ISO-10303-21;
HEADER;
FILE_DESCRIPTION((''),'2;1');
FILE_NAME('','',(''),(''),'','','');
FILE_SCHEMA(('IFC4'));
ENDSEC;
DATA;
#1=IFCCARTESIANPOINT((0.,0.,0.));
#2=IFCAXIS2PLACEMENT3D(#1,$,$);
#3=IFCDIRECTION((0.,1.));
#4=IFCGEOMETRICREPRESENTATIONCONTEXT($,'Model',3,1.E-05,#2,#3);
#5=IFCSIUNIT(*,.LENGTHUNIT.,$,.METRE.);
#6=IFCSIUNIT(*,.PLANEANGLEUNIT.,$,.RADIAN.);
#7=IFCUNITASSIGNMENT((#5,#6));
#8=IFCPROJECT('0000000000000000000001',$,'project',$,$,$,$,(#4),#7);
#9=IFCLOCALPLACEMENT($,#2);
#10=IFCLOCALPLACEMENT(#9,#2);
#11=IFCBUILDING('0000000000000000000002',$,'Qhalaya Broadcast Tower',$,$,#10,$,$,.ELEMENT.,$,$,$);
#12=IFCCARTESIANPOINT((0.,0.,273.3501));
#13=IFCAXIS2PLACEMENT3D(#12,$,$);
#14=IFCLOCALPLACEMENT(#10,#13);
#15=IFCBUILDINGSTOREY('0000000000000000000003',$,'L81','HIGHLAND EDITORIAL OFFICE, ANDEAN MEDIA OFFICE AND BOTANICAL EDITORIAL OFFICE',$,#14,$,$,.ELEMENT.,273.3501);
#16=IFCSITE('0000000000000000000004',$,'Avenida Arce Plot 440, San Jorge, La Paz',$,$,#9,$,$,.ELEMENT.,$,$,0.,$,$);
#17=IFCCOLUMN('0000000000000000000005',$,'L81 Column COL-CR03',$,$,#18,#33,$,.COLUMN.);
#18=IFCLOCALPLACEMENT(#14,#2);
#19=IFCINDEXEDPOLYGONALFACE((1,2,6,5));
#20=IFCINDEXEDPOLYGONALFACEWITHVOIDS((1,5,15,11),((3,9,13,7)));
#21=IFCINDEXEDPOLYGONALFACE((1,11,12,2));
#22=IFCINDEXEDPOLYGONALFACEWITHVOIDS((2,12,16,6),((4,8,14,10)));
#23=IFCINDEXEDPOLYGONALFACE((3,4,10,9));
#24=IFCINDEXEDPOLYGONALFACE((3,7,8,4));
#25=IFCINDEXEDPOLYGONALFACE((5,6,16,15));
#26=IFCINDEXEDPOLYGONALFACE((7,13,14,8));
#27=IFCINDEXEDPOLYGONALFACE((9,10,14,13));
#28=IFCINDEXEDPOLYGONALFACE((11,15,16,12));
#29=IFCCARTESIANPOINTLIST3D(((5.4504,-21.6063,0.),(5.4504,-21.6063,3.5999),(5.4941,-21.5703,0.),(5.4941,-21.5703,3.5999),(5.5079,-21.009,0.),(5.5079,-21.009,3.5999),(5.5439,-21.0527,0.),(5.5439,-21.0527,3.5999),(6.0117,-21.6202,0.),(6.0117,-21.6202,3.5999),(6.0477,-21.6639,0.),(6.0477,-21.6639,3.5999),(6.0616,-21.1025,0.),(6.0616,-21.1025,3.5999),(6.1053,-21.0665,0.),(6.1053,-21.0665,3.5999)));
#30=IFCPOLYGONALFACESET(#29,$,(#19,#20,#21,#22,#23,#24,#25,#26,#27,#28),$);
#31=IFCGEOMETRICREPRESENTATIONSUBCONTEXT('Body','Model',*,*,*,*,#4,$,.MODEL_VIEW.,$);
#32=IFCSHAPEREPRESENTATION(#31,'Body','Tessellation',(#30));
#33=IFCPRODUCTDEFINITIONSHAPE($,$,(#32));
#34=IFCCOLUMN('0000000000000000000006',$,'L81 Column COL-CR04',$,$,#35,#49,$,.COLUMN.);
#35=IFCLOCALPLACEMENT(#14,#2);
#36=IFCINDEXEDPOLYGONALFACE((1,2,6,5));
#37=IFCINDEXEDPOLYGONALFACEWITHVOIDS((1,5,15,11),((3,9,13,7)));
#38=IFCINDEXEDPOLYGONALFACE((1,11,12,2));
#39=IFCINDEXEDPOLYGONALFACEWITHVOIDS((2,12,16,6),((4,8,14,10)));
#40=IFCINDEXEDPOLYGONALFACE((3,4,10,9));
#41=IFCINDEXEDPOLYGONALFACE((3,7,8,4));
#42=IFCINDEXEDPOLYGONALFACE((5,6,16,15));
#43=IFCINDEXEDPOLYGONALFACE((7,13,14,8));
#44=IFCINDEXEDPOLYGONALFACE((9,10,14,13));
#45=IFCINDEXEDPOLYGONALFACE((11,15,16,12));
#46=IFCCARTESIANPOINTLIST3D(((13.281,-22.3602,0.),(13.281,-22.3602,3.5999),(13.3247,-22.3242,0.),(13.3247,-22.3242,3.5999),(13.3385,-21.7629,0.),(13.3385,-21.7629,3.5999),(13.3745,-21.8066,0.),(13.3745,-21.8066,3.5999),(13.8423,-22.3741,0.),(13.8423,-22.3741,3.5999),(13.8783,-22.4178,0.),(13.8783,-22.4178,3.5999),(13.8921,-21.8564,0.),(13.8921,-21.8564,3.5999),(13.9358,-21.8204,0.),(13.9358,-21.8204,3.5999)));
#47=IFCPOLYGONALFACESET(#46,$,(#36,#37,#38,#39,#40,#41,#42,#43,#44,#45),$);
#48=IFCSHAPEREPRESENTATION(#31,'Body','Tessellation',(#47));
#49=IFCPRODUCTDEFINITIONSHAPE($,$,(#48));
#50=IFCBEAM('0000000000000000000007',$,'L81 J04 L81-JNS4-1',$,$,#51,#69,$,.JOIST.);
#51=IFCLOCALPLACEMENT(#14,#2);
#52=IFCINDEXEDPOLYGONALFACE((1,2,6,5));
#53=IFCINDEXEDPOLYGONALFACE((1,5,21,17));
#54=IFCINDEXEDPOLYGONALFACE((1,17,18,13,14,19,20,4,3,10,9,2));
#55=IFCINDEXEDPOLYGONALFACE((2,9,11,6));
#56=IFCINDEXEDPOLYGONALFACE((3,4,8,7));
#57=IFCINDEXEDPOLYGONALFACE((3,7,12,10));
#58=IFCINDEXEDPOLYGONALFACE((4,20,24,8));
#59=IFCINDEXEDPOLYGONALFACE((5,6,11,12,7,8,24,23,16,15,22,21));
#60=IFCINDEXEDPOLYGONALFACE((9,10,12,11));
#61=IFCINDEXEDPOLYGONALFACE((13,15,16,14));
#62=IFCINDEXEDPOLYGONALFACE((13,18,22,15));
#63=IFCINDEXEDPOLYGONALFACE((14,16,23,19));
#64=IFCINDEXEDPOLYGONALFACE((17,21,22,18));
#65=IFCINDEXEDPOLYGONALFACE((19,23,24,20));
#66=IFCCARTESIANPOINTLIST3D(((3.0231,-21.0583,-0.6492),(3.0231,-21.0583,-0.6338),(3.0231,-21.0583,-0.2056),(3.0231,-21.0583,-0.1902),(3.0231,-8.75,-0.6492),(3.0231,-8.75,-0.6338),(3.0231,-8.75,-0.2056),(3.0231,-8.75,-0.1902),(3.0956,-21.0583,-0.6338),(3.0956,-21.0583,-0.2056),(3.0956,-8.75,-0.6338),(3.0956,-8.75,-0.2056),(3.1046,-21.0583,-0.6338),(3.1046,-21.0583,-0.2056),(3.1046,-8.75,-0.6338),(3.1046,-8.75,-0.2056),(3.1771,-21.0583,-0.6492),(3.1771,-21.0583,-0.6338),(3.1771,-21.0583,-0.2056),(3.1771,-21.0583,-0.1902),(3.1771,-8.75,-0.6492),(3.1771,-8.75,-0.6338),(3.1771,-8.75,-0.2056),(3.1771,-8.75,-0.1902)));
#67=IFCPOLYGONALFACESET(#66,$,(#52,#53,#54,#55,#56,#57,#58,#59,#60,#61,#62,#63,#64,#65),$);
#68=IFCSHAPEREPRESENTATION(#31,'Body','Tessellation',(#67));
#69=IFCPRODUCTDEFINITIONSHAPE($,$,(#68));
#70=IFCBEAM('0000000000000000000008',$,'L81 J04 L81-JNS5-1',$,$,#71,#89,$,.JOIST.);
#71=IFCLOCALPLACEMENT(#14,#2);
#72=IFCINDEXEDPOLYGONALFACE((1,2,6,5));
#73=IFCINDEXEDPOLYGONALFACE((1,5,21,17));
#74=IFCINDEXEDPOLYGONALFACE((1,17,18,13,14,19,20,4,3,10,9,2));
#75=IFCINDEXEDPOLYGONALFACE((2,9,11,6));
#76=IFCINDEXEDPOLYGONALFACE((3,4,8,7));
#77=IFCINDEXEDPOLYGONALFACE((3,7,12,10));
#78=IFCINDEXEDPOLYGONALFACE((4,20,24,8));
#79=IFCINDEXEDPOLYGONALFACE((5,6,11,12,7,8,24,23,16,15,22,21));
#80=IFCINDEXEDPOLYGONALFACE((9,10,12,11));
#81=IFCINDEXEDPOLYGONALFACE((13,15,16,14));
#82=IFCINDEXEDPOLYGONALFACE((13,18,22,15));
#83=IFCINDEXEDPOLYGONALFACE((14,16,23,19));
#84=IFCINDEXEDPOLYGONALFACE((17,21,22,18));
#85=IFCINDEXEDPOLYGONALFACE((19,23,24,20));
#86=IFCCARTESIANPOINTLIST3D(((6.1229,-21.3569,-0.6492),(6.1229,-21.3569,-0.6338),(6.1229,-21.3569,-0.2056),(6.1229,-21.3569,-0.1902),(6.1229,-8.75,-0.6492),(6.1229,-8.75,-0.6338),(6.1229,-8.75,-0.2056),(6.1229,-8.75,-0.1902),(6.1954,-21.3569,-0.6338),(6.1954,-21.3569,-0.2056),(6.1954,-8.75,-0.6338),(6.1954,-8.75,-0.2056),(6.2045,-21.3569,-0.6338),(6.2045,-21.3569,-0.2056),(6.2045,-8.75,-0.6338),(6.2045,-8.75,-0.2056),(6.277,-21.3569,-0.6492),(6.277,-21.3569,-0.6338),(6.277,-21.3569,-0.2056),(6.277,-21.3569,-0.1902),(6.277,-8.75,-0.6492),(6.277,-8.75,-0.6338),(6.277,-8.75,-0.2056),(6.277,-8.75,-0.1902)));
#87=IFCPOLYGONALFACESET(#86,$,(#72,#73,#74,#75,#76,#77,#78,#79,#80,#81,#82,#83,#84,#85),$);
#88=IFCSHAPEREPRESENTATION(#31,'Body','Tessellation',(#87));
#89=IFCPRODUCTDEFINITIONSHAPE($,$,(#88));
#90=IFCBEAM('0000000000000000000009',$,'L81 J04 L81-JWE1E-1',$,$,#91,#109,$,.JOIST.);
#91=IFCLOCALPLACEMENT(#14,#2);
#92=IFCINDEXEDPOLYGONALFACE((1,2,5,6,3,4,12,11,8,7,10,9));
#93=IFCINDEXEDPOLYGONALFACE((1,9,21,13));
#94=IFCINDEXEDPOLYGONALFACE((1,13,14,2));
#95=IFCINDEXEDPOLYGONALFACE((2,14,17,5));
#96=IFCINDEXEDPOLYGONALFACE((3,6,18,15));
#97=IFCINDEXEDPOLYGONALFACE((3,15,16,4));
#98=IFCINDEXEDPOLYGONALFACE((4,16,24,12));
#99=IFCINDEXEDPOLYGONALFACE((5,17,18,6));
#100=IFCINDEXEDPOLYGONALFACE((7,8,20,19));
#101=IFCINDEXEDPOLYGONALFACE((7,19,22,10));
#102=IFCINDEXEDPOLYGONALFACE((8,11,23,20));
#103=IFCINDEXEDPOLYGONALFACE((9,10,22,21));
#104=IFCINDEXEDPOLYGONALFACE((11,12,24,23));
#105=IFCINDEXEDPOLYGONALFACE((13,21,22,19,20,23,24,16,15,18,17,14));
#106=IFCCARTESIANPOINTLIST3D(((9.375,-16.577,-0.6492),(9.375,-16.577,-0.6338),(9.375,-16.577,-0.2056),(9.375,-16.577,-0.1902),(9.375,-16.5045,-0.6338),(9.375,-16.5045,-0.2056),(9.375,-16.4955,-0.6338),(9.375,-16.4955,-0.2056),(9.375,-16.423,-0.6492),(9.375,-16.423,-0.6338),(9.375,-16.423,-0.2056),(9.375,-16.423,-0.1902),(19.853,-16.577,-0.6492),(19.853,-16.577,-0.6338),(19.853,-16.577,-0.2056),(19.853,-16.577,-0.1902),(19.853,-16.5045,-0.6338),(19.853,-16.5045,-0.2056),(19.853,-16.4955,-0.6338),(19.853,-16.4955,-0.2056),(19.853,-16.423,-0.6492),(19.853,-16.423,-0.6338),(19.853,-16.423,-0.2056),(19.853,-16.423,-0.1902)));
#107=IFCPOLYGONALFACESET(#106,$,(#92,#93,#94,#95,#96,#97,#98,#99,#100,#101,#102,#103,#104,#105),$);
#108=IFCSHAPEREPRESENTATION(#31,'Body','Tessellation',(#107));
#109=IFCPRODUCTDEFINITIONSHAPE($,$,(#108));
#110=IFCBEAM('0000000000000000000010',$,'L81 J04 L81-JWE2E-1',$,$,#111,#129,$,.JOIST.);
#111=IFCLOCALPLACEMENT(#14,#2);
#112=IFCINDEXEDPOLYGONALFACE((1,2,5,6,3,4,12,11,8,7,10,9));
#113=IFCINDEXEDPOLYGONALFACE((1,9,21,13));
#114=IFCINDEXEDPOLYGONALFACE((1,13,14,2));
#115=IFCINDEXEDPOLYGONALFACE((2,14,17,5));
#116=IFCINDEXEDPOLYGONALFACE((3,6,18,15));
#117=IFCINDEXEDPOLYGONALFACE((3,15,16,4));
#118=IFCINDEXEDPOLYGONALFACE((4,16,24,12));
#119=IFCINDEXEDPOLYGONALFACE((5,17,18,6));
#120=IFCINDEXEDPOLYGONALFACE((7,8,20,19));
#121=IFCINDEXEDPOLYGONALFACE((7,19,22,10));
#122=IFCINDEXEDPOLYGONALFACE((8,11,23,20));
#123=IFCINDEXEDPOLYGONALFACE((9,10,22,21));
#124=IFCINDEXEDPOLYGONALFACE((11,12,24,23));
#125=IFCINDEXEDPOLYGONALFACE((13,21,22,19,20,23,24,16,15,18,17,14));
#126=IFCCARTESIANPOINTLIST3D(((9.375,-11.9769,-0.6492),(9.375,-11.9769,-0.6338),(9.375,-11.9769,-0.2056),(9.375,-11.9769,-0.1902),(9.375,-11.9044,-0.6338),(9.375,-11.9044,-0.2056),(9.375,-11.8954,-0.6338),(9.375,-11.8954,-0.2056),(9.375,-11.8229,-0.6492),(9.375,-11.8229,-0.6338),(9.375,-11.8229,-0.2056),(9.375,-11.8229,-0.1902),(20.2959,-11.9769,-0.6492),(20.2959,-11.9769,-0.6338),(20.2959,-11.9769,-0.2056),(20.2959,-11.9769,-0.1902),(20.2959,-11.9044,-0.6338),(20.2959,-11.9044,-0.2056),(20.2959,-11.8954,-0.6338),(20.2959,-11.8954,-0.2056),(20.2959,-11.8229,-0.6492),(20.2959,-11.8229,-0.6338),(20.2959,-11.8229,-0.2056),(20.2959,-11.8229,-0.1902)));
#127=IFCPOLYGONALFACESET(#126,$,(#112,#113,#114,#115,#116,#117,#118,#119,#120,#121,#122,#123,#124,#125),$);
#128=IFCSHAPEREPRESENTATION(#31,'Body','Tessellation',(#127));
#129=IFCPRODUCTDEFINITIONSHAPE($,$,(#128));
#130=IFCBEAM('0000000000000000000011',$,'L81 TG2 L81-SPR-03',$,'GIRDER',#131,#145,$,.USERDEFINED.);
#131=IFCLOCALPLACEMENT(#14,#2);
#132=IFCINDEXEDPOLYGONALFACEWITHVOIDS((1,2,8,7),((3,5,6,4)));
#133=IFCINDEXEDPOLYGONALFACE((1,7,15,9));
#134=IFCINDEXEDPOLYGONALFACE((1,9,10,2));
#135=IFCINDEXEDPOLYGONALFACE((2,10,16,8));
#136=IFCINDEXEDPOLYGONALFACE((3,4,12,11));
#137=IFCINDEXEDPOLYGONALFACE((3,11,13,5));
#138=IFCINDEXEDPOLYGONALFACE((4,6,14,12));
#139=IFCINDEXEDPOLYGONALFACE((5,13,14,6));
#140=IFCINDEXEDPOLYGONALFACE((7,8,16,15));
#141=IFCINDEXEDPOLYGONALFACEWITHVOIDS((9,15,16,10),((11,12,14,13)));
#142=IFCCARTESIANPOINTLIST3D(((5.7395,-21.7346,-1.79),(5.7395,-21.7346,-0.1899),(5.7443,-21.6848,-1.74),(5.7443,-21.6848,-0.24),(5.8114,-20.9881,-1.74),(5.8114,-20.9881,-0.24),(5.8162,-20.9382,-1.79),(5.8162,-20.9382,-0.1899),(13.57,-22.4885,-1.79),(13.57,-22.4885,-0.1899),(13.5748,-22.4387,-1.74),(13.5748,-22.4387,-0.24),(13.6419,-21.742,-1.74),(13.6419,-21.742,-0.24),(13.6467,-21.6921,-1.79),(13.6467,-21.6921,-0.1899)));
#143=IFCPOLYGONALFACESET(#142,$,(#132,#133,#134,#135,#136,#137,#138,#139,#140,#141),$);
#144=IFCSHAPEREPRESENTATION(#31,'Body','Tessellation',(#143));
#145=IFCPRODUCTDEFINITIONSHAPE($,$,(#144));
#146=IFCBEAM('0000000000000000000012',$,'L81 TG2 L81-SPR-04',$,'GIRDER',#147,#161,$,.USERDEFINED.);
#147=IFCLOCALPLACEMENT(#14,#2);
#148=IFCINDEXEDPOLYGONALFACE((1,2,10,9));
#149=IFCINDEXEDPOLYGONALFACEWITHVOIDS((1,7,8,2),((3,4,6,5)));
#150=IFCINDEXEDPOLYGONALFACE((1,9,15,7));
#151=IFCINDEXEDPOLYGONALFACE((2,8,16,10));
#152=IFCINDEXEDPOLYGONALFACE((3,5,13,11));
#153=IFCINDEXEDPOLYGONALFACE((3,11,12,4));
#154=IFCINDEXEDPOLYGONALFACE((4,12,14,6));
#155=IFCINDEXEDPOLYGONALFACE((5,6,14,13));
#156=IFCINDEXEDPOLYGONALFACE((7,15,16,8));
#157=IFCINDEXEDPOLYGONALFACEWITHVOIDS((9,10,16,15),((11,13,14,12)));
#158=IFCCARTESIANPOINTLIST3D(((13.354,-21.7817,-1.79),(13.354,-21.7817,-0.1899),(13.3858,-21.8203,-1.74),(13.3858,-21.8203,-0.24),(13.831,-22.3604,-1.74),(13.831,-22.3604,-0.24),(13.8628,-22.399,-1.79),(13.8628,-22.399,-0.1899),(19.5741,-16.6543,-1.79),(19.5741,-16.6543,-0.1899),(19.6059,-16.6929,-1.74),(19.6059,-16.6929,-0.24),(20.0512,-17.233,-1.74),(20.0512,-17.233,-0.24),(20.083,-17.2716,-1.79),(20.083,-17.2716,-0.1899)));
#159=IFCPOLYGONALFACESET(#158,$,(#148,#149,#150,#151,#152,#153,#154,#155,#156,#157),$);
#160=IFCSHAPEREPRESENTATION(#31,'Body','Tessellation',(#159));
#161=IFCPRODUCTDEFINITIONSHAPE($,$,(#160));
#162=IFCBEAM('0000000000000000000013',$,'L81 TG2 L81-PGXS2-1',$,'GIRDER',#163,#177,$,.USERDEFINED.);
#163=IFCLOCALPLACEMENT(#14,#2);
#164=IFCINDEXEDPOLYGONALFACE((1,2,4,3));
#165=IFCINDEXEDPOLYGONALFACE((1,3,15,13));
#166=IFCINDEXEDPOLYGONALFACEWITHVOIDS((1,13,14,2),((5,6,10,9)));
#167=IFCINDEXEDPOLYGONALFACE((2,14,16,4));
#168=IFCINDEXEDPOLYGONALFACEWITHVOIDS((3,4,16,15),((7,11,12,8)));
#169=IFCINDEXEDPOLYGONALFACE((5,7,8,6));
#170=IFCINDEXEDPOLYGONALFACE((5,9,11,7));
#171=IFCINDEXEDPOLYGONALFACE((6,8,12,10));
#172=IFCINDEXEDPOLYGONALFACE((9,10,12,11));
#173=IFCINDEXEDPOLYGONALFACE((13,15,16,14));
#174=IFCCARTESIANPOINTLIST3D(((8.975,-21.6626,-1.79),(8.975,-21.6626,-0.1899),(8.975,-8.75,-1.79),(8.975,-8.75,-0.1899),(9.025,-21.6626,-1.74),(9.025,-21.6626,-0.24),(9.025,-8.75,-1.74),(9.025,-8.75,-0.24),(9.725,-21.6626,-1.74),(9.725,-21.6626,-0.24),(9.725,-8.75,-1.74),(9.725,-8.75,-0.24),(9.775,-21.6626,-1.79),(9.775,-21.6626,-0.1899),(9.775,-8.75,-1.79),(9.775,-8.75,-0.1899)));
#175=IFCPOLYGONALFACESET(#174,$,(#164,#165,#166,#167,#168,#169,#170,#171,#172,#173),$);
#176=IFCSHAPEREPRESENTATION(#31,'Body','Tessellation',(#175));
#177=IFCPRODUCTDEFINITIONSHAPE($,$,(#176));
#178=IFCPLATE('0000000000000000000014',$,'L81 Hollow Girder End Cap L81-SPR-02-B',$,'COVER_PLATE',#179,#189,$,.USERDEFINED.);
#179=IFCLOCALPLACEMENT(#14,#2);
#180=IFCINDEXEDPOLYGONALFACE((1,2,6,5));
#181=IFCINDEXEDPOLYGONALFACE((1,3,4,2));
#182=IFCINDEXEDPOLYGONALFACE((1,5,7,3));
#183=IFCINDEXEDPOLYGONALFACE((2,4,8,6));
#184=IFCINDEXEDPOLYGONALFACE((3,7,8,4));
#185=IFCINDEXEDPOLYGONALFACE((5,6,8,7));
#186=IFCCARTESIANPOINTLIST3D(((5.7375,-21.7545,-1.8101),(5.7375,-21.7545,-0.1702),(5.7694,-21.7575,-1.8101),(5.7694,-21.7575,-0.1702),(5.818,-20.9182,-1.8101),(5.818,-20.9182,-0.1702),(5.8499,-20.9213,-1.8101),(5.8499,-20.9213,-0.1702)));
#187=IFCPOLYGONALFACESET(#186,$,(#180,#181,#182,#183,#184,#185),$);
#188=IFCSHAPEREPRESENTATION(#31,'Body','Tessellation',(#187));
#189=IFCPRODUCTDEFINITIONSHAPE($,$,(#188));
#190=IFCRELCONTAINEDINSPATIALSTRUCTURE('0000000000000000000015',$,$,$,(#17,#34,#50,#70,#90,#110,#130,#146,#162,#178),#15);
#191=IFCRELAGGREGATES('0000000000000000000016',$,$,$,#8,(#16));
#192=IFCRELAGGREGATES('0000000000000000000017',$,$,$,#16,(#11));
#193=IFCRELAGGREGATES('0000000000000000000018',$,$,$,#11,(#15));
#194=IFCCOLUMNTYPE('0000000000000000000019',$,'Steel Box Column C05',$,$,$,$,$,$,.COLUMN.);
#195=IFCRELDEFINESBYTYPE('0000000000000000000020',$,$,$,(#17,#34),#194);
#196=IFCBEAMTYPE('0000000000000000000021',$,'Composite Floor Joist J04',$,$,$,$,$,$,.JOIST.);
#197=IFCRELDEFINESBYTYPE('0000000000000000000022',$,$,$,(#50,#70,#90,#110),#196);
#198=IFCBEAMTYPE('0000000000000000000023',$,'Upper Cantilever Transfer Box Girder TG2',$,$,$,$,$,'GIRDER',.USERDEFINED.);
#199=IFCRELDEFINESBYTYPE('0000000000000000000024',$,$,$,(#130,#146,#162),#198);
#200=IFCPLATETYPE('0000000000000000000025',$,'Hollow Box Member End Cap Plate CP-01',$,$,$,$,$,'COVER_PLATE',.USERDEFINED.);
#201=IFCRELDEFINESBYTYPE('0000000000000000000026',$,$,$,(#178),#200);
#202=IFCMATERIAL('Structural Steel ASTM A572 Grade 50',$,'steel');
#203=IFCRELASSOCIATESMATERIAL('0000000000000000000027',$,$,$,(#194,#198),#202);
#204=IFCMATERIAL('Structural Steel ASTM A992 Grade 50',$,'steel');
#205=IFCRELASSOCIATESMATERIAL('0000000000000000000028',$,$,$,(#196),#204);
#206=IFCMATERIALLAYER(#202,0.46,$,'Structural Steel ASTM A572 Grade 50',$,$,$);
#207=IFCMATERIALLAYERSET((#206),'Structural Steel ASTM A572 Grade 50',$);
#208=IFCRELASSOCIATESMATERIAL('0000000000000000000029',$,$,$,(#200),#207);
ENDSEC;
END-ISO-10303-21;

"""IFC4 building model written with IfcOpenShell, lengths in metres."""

from ifc_helpers import new_model, si_unit, direction, frame, origin, origin_2d, place, context, subcontext, project, spatial, rectangle, hollow_rectangle, i_section, extrude, material, layer, layer_set, material_profile, profile_set, type_object, element, save


model = new_model("IFC4")

# Units and contexts
model_context = context("Model", 3, precision=1e-05, world=origin(), true_north=direction((0.0, 1.0)))
body_context = subcontext(model_context, "Body", "Model", "MODEL_VIEW")
ifc_project = project(units=[si_unit("LENGTHUNIT", "METRE"), si_unit("PLANEANGLEUNIT", "RADIAN")], contexts=[model_context])

# Site, building, storey
site_placement = place(None, origin())
site = spatial("IfcSite", under=ifc_project, at=site_placement, Name="Avenida Arce Plot 440, San Jorge, La Paz", CompositionType="ELEMENT", RefElevation=0.0)
building_placement = place(site_placement, origin())
building = spatial("IfcBuilding", under=site, at=building_placement, Name="Qhalaya Broadcast Tower", CompositionType="ELEMENT")
storey_placement = place(building_placement, frame((0.0, 0.0, 273.3501)))
storey = spatial("IfcBuildingStorey", under=building, at=storey_placement, Name="L81", Description="HIGHLAND EDITORIAL OFFICE, ANDEAN MEDIA OFFICE AND BOTANICAL EDITORIAL OFFICE", CompositionType="ELEMENT", Elevation=273.3501)

# Columns
ifc_material_1 = material(Name="Structural Steel ASTM A572 Grade 50", Category="steel")
ifc_material_profile_1 = material_profile(ifc_material_1, hollow_rectangle(XDim=0.6001, YDim=0.6001, WallThickness=0.04, at=origin_2d()), Name="BOX 600x600x40")
ifc_profile_set_1 = profile_set([ifc_material_profile_1], Name="Structural Steel ASTM A572 Grade 50")
column_type = type_object("IfcColumnType", Name="Steel Box Column C05", PredefinedType="COLUMN", material=ifc_profile_set_1)
for number, where, z_axis, x_axis, name in (
    (1, (5.7778, -21.3364, 0.0), (0.0, 0.0, 1.0), (0.995396, -0.095846, 0.0), "L81 Column COL-CR03"),
    (2, (13.6084, -22.0903, 0.0), (0.0, 0.0, 1.0), (0.995396, -0.095846, 0.0), "L81 Column COL-CR04"),
):
    element("IfcColumn", number, at=place(storey_placement, frame(where, z_axis=z_axis, x_axis=x_axis)), inside=storey, type_object=column_type, Name=name, PredefinedType="COLUMN", context=body_context, shape_type="SweptSolid", body=[
        extrude(hollow_rectangle(XDim=0.6001, YDim=0.6001, WallThickness=0.04, at=origin_2d()), origin(), (0.0, 0.0, 1.0), 3.5999),
    ])

# Beams
ifc_material_2 = material(Name="Structural Steel ASTM A992 Grade 50", Category="steel")
ifc_material_profile_2 = material_profile(ifc_material_2, i_section(OverallWidth=0.1541, OverallDepth=0.459, WebThickness=0.009, FlangeThickness=0.0154, at=origin_2d()), Name="W18X46")
ifc_profile_set_2 = profile_set([ifc_material_profile_2], Name="Structural Steel ASTM A992 Grade 50")
beam_type_1 = type_object("IfcBeamType", Name="Composite Floor Joist J04", PredefinedType="JOIST", material=ifc_profile_set_2)
beam_1_placement = place(storey_placement, frame((3.1001, -21.0583, -0.4197), z_axis=(0.0, 1.0, 0.0), x_axis=(-1.0, 0.0, 0.0)))
element("IfcBeam", 3, at=beam_1_placement, inside=storey, type_object=beam_type_1, Name="L81 J04 L81-JNS4-1", PredefinedType="JOIST", context=body_context, shape_type="SweptSolid", body=[
    extrude(i_section(OverallWidth=0.1541, OverallDepth=0.459, WebThickness=0.009, FlangeThickness=0.0154, at=origin_2d()), origin(), (0.0, 0.0, 1.0), 12.3083),
])
beam_2_placement = place(storey_placement, frame((6.2, -21.3569, -0.4197), z_axis=(0.0, 1.0, 0.0), x_axis=(-1.0, 0.0, 0.0)))
element("IfcBeam", 4, at=beam_2_placement, inside=storey, type_object=beam_type_1, Name="L81 J04 L81-JNS5-1", PredefinedType="JOIST", context=body_context, shape_type="SweptSolid", body=[
    extrude(i_section(OverallWidth=0.1541, OverallDepth=0.459, WebThickness=0.009, FlangeThickness=0.0154, at=origin_2d()), origin(), (0.0, 0.0, 1.0), 12.6069),
])
beam_3_placement = place(storey_placement, frame((9.375, -16.5, -0.4197), z_axis=(1.0, 0.0, 0.0), x_axis=(0.0, 1.0, 0.0)))
element("IfcBeam", 5, at=beam_3_placement, inside=storey, type_object=beam_type_1, Name="L81 J04 L81-JWE1E-1", PredefinedType="JOIST", context=body_context, shape_type="SweptSolid", body=[
    extrude(i_section(OverallWidth=0.1541, OverallDepth=0.459, WebThickness=0.009, FlangeThickness=0.0154, at=origin_2d()), origin(), (0.0, 0.0, 1.0), 10.478),
])
beam_4_placement = place(storey_placement, frame((9.375, -11.8999, -0.4197), z_axis=(1.0, 0.0, 0.0), x_axis=(0.0, 1.0, 0.0)))
element("IfcBeam", 6, at=beam_4_placement, inside=storey, type_object=beam_type_1, Name="L81 J04 L81-JWE2E-1", PredefinedType="JOIST", context=body_context, shape_type="SweptSolid", body=[
    extrude(i_section(OverallWidth=0.1541, OverallDepth=0.459, WebThickness=0.009, FlangeThickness=0.0154, at=origin_2d()), origin(), (0.0, 0.0, 1.0), 10.9209),
])
ifc_material_profile_3 = material_profile(ifc_material_1, hollow_rectangle(XDim=0.8, YDim=1.6001, WallThickness=0.05, at=origin_2d()), Name="BOX 800x1600x50")
ifc_profile_set_3 = profile_set([ifc_material_profile_3], Name="Structural Steel ASTM A572 Grade 50")
beam_type_2 = type_object("IfcBeamType", Name="Upper Cantilever Transfer Box Girder TG2", ElementType="GIRDER", PredefinedType="USERDEFINED", material=ifc_profile_set_3)
beam_5_placement = place(storey_placement, frame((5.7778, -21.3364, -0.99), z_axis=(0.995397, -0.095834, 0.0), x_axis=(0.095834, 0.995397, 0.0)))
element("IfcBeam", 7, at=beam_5_placement, inside=storey, type_object=beam_type_2, Name="L81 TG2 L81-SPR-03", ObjectType="GIRDER", PredefinedType="USERDEFINED", context=body_context, shape_type="SweptSolid", body=[
    extrude(hollow_rectangle(XDim=0.8, YDim=1.6001, WallThickness=0.05, at=origin_2d()), origin(), (0.0, 0.0, 1.0), 7.8667),
])
beam_6_placement = place(storey_placement, frame((13.6084, -22.0903, -0.99), z_axis=(0.771631, 0.63607, 0.0), x_axis=(-0.63607, 0.771631, 0.0)))
element("IfcBeam", 8, at=beam_6_placement, inside=storey, type_object=beam_type_2, Name="L81 TG2 L81-SPR-04", ObjectType="GIRDER", PredefinedType="USERDEFINED", context=body_context, shape_type="SweptSolid", body=[
    extrude(hollow_rectangle(XDim=0.8, YDim=1.6001, WallThickness=0.05, at=origin_2d()), origin(), (0.0, 0.0, 1.0), 8.061),
])
beam_7_placement = place(storey_placement, frame((9.375, -21.6626, -0.99), z_axis=(0.0, 1.0, 0.0), x_axis=(-1.0, 0.0, 0.0)))
element("IfcBeam", 9, at=beam_7_placement, inside=storey, type_object=beam_type_2, Name="L81 TG2 L81-PGXS2-1", ObjectType="GIRDER", PredefinedType="USERDEFINED", context=body_context, shape_type="SweptSolid", body=[
    extrude(hollow_rectangle(XDim=0.8, YDim=1.6001, WallThickness=0.05, at=origin_2d()), origin(), (0.0, 0.0, 1.0), 12.9126),
])

# Plate
ifc_layer_1 = layer(ifc_material_1, 0.46, Name="Structural Steel ASTM A572 Grade 50")
ifc_layer_set_1 = layer_set([ifc_layer_1], Name="Structural Steel ASTM A572 Grade 50")
plate_type = type_object("IfcPlateType", Name="Hollow Box Member End Cap Plate CP-01", ElementType="COVER_PLATE", PredefinedType="USERDEFINED", material=ifc_layer_set_1)
for number, where, z_axis, x_axis, name in (
    (10, (5.7937, -21.3379, -1.8101), (0.0, 0.0, 1.0), (0.095846, 0.995396, 0.0), "L81 Hollow Girder End Cap L81-SPR-02-B"),
):
    element("IfcPlate", number, at=place(storey_placement, frame(where, z_axis=z_axis, x_axis=x_axis)), inside=storey, type_object=plate_type, Name=name, ObjectType="COVER_PLATE", PredefinedType="USERDEFINED", context=body_context, shape_type="SweptSolid", body=[
        extrude(rectangle(XDim=0.8401, YDim=0.032, at=origin_2d()), origin(), (0.0, 0.0, 1.0), 1.6399),
    ])

save(model, "model.ifc")
